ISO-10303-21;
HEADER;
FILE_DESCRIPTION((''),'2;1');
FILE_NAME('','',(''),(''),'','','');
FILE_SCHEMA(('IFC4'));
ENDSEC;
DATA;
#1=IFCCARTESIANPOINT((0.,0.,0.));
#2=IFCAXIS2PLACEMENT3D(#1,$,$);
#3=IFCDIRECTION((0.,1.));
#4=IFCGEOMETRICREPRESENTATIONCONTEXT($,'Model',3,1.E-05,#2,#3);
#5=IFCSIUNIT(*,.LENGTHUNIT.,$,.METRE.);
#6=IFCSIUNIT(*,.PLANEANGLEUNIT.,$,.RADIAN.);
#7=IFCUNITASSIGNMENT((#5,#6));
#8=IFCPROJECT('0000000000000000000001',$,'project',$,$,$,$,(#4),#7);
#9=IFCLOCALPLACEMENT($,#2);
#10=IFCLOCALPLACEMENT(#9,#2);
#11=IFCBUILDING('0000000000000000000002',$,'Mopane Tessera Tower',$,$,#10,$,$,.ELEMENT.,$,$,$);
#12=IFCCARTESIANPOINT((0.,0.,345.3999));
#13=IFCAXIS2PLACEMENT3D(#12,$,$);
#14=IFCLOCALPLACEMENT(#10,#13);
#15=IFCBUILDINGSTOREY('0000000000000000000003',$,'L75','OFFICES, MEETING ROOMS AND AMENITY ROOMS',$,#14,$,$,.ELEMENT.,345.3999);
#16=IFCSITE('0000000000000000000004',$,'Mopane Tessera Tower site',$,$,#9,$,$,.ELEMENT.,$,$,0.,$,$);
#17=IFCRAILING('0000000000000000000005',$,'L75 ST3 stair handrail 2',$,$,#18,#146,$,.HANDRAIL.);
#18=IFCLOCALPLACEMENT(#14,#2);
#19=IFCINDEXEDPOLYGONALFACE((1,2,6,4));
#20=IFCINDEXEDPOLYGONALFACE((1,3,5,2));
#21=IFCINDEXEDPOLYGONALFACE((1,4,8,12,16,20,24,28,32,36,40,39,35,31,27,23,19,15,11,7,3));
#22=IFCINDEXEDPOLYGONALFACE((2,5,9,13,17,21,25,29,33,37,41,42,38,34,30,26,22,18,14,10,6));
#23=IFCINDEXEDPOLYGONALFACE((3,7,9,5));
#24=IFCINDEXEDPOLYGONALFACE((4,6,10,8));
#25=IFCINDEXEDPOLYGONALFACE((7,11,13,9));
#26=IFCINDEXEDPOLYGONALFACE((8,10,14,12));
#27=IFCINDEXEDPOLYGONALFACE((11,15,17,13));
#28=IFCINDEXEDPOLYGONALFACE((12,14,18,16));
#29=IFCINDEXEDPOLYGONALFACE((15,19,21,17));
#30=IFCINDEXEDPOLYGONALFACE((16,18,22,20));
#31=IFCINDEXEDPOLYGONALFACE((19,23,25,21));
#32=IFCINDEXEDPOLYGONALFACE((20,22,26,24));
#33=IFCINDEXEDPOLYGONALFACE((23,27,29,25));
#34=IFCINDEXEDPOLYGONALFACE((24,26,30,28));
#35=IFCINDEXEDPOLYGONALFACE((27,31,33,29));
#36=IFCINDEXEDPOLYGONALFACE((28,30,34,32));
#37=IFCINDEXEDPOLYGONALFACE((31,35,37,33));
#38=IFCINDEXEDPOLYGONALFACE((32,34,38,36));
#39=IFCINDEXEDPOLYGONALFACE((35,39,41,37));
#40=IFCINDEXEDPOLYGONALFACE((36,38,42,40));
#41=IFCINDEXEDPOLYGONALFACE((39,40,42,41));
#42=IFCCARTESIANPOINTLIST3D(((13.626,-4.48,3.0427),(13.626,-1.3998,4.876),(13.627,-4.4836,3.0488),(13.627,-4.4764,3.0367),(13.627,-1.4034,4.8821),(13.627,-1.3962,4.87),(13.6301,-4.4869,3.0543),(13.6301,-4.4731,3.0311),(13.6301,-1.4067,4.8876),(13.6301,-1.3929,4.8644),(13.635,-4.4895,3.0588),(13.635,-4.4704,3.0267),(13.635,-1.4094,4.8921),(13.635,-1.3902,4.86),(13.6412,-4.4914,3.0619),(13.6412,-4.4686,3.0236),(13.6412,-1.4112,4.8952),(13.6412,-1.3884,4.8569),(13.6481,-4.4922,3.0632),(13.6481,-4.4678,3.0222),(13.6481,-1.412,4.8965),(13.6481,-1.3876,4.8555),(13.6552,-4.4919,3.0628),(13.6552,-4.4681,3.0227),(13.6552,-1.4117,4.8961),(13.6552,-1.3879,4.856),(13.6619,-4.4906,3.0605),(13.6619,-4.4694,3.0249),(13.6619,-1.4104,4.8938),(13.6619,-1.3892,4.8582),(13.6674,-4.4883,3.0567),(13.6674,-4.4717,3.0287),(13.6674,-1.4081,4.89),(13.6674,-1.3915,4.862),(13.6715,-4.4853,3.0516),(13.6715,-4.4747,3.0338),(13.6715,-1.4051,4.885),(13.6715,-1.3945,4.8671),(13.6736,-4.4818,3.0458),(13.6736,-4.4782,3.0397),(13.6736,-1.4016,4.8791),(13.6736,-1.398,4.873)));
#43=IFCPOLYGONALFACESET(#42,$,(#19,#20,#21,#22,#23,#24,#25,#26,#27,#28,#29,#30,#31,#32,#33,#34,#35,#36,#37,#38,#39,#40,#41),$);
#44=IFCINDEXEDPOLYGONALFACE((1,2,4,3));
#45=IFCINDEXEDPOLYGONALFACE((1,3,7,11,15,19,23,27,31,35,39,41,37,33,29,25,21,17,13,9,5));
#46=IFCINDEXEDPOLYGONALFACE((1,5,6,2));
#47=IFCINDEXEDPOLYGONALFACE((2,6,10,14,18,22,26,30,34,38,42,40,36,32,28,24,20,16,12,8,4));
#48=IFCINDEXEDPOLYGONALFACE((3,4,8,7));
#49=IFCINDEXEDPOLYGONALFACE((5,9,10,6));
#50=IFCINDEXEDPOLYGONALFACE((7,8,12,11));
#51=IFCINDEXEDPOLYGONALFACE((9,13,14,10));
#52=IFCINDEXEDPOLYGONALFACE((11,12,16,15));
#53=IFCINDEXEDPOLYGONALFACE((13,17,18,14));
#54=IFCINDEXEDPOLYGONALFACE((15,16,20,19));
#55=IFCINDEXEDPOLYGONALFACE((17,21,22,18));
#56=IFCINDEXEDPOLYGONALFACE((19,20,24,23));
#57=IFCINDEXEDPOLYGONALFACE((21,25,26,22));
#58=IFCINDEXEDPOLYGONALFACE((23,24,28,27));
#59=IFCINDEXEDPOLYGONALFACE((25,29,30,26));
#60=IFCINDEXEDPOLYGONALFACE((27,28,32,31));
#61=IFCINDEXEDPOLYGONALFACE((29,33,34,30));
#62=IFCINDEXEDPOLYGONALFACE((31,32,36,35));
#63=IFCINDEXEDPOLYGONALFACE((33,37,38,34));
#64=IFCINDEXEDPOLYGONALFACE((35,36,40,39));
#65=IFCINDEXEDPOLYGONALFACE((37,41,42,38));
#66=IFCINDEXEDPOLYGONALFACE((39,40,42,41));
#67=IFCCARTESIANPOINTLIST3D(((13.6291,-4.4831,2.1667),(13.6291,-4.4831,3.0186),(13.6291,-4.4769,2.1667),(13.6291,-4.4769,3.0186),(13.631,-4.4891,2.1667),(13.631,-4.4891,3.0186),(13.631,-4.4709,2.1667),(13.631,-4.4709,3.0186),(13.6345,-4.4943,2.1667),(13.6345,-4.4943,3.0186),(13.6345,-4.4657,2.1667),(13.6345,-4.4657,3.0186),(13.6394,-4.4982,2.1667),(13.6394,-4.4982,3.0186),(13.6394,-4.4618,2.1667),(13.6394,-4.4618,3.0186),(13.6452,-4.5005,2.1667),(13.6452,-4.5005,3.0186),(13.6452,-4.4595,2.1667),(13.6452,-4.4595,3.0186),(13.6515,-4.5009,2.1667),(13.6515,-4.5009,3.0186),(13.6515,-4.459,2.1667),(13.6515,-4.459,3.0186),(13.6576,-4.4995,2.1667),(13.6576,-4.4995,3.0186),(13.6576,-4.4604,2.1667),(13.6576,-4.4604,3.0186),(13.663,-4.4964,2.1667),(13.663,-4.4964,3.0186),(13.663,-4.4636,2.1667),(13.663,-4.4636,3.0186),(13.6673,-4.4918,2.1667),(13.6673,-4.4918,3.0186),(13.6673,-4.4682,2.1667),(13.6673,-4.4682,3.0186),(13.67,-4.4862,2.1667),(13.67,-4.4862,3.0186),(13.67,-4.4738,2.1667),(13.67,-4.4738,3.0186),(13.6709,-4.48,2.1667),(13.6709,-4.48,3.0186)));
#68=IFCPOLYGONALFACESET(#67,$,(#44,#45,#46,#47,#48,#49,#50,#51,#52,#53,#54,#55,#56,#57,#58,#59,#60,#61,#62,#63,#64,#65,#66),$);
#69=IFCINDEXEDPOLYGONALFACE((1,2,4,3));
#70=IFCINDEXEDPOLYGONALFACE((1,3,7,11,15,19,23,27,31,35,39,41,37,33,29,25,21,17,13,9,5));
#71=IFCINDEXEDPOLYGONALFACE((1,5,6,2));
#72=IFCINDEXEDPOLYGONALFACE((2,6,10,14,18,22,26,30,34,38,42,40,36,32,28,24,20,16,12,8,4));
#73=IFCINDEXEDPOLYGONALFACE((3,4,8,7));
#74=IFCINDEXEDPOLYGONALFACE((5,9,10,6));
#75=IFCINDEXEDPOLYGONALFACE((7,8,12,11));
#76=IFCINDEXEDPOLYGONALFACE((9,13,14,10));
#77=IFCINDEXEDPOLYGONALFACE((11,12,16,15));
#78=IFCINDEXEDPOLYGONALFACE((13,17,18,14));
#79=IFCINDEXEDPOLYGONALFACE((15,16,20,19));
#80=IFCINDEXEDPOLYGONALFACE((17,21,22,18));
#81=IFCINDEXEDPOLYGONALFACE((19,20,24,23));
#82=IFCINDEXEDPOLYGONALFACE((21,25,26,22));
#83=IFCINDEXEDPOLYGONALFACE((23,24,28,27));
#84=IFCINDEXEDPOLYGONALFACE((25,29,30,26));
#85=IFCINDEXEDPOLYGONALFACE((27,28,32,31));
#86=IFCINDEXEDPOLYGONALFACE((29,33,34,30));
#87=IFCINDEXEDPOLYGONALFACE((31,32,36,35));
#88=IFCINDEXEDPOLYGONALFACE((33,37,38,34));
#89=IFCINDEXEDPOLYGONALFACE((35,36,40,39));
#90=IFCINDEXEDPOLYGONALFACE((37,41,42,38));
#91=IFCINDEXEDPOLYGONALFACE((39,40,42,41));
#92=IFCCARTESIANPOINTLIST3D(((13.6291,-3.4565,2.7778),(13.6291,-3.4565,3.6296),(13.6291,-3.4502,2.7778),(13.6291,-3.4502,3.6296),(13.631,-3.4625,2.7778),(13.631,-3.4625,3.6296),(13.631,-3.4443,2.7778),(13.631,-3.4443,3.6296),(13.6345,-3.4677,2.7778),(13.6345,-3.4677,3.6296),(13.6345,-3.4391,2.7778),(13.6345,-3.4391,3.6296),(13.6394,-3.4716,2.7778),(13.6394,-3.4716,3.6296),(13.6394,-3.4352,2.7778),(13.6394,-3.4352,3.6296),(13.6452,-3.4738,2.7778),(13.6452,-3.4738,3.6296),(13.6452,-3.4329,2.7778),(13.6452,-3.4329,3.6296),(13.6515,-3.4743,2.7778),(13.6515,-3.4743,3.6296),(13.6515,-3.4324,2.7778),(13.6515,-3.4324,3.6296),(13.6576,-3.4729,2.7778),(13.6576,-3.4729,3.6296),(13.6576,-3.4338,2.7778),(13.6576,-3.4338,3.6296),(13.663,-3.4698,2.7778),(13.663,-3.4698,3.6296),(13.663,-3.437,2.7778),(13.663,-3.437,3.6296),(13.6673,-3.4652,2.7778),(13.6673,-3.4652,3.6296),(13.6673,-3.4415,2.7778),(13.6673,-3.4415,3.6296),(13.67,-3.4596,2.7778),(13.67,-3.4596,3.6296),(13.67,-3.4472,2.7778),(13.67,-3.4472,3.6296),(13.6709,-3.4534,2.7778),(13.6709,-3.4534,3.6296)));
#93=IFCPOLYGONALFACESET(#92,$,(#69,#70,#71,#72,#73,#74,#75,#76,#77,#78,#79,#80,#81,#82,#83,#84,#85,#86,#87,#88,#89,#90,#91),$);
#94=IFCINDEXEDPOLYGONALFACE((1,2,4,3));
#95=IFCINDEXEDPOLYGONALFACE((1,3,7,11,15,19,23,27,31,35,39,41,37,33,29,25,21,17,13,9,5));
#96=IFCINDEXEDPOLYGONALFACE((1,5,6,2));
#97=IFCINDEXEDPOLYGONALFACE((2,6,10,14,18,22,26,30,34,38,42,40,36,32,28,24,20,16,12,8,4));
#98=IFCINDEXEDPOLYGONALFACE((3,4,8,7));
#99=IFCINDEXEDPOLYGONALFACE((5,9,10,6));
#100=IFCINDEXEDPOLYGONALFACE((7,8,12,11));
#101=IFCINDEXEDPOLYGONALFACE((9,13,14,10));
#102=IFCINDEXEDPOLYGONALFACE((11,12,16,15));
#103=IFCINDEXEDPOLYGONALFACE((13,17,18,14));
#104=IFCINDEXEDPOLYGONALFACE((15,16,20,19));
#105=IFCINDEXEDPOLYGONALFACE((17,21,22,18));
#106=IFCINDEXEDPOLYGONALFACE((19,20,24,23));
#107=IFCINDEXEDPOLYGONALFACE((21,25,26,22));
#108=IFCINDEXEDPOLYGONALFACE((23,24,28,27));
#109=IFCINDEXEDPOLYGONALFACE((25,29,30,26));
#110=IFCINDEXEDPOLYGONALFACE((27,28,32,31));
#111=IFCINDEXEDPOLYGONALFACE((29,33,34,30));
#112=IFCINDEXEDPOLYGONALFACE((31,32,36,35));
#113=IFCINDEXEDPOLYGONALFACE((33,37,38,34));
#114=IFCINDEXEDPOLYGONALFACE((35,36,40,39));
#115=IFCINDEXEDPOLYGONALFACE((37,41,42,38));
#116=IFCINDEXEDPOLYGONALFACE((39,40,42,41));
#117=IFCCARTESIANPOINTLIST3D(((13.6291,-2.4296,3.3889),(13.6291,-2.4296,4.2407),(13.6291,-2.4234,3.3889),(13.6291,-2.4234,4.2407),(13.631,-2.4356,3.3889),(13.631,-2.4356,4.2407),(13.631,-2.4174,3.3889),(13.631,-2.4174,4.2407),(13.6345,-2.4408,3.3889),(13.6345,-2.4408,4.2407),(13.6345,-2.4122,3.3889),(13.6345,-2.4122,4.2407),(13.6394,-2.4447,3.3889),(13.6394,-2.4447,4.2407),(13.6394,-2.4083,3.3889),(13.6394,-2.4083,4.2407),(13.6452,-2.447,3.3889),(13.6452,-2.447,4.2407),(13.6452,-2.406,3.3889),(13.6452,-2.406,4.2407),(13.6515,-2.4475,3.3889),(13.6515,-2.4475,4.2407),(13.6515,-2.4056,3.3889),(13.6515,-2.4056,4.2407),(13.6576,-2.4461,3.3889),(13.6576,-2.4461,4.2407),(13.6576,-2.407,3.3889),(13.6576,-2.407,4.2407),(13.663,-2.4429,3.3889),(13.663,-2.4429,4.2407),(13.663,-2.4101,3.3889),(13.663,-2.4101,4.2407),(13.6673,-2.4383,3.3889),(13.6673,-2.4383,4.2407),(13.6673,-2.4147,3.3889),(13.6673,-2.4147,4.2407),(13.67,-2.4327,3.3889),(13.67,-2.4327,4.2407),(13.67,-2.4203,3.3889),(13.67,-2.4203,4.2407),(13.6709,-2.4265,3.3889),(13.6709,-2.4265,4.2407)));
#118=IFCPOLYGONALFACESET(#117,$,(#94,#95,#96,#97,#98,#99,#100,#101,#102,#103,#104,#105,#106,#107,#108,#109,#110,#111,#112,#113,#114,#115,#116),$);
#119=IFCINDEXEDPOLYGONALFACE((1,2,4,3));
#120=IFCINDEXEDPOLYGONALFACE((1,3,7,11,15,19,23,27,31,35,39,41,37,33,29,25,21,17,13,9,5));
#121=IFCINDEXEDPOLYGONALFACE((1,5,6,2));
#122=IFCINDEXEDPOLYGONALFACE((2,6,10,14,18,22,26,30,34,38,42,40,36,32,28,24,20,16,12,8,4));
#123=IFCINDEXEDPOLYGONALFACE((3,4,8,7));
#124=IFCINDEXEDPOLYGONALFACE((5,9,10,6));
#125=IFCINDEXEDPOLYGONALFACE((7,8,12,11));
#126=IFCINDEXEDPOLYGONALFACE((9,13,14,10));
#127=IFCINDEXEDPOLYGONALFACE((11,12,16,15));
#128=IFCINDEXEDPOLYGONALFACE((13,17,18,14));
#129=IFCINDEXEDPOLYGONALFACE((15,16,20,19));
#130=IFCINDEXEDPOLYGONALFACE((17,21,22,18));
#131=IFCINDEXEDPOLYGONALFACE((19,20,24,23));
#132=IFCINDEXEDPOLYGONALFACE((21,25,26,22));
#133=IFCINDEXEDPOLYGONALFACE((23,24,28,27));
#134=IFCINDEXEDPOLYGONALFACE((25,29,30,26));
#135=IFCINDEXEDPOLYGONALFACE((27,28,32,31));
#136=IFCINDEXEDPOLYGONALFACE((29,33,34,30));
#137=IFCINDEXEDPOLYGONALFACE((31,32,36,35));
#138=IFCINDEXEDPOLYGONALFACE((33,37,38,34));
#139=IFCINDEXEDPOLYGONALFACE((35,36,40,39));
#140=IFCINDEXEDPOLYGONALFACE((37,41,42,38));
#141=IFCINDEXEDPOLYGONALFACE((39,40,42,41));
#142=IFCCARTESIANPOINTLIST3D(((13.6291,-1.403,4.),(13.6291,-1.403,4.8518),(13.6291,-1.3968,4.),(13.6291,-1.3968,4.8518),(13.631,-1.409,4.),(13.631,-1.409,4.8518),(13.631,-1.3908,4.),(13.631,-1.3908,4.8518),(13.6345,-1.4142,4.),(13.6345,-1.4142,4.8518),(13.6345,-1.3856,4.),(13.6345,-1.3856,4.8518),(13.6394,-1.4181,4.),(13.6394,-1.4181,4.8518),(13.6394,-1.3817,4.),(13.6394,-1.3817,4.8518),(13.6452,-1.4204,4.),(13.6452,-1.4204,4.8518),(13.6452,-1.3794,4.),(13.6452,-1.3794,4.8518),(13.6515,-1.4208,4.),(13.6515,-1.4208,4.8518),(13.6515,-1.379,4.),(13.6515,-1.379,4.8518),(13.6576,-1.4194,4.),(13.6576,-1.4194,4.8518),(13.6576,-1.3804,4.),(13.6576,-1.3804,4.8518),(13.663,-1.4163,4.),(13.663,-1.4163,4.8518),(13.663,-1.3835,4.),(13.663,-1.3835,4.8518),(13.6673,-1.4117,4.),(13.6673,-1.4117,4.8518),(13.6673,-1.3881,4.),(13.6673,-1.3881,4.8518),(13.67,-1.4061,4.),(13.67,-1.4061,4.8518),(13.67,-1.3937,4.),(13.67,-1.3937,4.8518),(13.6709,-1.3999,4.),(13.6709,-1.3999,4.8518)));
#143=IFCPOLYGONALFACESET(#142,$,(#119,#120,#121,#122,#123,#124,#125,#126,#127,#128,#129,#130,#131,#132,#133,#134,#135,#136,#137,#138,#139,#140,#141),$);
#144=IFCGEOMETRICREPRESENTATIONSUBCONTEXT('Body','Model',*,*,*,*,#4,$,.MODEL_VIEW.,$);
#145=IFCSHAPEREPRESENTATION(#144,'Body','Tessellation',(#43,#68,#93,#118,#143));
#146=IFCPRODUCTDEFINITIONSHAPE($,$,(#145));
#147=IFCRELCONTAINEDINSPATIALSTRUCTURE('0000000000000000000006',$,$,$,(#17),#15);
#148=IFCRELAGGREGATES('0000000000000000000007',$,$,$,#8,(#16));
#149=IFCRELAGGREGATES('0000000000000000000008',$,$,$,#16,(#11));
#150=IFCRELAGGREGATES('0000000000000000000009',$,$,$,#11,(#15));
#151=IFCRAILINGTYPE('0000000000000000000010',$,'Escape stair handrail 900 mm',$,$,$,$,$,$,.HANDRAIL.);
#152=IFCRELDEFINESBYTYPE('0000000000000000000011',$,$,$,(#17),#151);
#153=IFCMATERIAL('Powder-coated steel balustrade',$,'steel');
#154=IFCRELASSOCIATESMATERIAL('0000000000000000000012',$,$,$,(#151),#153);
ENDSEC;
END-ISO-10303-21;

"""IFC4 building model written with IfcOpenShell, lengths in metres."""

from ifc_helpers import new_model, si_unit, direction, frame, origin, origin_2d, place, context, subcontext, project, spatial, circle, extrude, material, type_object, element, save


model = new_model("IFC4")

# Units and contexts
model_context = context("Model", 3, precision=1e-05, world=origin(), true_north=direction((0.0, 1.0)))
body_context = subcontext(model_context, "Body", "Model", "MODEL_VIEW")
ifc_project = project(units=[si_unit("LENGTHUNIT", "METRE"), si_unit("PLANEANGLEUNIT", "RADIAN")], contexts=[model_context])

# Site, building, storey
site_placement = place(None, origin())
site = spatial("IfcSite", under=ifc_project, at=site_placement, Name="Mopane Tessera Tower site", CompositionType="ELEMENT", RefElevation=0.0)
building_placement = place(site_placement, origin())
building = spatial("IfcBuilding", under=site, at=building_placement, Name="Mopane Tessera Tower", CompositionType="ELEMENT")
storey_placement = place(building_placement, frame((0.0, 0.0, 345.3999)))
storey = spatial("IfcBuildingStorey", under=building, at=storey_placement, Name="L75", Description="OFFICES, MEETING ROOMS AND AMENITY ROOMS", CompositionType="ELEMENT", Elevation=345.3999)

# Railing
ifc_material_1 = material(Name="Powder-coated steel balustrade", Category="steel")
railing_type_1 = type_object("IfcRailingType", Name="Escape stair handrail 900 mm", PredefinedType="HANDRAIL", material=ifc_material_1)
railing_1_placement = place(storey_placement, frame((13.6499, -4.48, 2.1667)))
element("IfcRailing", 1, at=railing_1_placement, inside=storey, type_object=railing_type_1, Name="L75 ST3 stair handrail 2", PredefinedType="HANDRAIL", context=body_context, shape_type="SweptSolid", body=[
    extrude(circle(Radius=0.0239, at=origin_2d()), frame((0.0, 0.0, 0.876), z_axis=(0.0, 0.859309, 0.511458), x_axis=(-1.0, 0.0, 0.0)), (0.0, 0.0, 1.0), 3.5845),
    extrude(circle(Radius=0.021, at=origin_2d()), origin(), (0.0, 0.0, 1.0), 0.8518),
    extrude(circle(Radius=0.021, at=origin_2d()), frame((0.0, 1.0266, 0.6111)), (0.0, 0.0, 1.0), 0.8518),
    extrude(circle(Radius=0.021, at=origin_2d()), frame((0.0, 2.0535, 1.2222)), (0.0, 0.0, 1.0), 0.8518),
    extrude(circle(Radius=0.021, at=origin_2d()), frame((0.0, 3.0801, 1.8333)), (0.0, 0.0, 1.0), 0.8518),
])

save(model, "model.ifc")
